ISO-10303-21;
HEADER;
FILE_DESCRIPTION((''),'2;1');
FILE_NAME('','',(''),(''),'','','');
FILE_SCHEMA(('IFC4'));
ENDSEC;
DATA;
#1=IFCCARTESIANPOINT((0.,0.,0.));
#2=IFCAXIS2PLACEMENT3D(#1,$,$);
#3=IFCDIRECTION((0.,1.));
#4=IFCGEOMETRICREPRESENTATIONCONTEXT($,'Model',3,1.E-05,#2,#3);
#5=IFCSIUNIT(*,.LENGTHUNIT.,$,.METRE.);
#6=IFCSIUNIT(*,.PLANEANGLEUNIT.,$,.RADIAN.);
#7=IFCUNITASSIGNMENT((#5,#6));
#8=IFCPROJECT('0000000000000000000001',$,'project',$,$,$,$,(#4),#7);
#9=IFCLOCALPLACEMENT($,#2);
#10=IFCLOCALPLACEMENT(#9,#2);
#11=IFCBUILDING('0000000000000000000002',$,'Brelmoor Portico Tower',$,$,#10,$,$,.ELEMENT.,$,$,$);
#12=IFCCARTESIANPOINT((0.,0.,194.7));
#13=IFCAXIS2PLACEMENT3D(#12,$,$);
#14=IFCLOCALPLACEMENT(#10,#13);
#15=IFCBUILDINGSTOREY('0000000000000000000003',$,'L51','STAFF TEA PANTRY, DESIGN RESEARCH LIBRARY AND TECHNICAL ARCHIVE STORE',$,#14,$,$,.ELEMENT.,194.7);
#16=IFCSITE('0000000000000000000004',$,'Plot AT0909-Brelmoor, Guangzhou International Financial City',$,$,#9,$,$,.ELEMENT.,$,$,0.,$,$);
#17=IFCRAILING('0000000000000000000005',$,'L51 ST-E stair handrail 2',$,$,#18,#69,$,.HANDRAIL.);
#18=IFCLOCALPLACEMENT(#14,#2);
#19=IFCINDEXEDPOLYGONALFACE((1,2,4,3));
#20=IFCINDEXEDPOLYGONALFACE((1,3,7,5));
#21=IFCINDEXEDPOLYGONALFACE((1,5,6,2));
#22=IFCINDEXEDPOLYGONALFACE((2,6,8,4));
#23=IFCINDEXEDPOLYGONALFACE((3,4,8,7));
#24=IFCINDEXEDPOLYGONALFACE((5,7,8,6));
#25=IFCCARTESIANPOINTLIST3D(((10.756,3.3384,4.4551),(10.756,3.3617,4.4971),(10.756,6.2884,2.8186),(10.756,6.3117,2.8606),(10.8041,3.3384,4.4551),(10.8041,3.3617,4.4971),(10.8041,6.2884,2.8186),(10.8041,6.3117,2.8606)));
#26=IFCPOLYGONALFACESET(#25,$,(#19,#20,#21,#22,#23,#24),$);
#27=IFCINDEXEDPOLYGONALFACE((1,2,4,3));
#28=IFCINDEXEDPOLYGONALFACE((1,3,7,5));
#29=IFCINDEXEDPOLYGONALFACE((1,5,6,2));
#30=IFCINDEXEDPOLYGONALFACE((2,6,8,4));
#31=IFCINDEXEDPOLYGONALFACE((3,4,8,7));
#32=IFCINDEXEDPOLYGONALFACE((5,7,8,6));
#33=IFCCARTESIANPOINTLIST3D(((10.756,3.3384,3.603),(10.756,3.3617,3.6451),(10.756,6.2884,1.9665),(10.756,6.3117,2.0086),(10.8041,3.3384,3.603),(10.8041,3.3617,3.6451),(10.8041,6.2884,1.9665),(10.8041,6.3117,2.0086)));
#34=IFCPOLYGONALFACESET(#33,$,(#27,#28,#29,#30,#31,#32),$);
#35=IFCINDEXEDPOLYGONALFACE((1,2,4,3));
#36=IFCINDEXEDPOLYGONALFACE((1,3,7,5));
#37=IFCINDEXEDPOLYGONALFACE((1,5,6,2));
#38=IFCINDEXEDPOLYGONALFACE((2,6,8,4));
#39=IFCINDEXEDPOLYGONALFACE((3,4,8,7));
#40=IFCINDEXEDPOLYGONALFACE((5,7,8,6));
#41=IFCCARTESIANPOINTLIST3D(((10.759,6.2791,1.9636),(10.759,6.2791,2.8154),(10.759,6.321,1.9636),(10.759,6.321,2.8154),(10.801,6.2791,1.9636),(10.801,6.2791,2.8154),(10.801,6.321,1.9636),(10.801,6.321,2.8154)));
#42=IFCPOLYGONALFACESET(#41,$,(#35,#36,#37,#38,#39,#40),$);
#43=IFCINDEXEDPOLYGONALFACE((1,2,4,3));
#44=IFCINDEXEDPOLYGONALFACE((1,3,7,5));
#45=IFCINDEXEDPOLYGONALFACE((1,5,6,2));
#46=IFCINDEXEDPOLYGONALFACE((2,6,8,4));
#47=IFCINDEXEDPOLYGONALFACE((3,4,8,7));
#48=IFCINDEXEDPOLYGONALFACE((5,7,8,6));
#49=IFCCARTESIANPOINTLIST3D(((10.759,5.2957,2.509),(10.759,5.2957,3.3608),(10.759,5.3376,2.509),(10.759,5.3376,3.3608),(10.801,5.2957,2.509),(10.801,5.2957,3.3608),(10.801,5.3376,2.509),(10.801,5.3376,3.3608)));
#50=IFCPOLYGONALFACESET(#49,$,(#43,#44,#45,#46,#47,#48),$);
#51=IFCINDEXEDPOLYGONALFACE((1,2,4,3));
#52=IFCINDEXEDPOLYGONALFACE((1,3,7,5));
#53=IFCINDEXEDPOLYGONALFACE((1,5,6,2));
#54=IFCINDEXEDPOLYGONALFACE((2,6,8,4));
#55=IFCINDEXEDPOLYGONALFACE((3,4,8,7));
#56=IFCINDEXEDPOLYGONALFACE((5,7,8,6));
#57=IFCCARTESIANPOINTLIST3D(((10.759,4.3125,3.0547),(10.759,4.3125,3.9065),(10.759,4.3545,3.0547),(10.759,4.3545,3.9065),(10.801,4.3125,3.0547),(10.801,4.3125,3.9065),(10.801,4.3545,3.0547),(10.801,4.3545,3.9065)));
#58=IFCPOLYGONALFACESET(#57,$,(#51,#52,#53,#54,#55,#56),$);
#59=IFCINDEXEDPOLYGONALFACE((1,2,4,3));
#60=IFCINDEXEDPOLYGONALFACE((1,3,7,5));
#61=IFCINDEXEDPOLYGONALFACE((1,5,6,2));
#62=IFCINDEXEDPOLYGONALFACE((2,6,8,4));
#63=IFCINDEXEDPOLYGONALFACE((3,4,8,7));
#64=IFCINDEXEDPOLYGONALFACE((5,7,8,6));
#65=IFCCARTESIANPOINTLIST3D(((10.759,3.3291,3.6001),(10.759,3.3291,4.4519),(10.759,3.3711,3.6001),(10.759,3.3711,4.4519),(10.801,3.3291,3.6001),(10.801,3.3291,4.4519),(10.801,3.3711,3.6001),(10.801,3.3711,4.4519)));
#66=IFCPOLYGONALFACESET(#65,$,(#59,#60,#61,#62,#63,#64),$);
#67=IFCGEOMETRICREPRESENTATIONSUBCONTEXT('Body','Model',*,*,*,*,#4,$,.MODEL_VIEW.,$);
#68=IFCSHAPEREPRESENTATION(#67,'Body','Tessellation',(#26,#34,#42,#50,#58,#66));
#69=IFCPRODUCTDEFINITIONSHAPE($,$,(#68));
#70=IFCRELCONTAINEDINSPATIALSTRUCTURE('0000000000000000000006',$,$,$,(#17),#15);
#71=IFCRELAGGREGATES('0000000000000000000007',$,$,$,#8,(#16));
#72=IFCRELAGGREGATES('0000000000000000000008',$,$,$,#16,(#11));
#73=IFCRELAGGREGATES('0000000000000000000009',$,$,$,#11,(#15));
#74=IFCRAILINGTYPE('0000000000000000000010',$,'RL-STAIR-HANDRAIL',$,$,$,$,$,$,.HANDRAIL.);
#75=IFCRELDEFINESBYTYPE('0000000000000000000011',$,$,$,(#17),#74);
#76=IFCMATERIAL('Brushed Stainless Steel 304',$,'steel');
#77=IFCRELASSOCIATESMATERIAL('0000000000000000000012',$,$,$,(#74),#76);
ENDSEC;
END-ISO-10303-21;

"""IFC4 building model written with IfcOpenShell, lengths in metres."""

from ifc_helpers import new_model, si_unit, direction, frame, origin, origin_2d, place, context, subcontext, project, spatial, rectangle, extrude, material, type_object, element, save


model = new_model("IFC4")

# Units and contexts
model_context = context("Model", 3, precision=1e-05, world=origin(), true_north=direction((0.0, 1.0)))
body_context = subcontext(model_context, "Body", "Model", "MODEL_VIEW")
ifc_project = project(units=[si_unit("LENGTHUNIT", "METRE"), si_unit("PLANEANGLEUNIT", "RADIAN")], contexts=[model_context])

# Site, building, storey
site_placement = place(None, origin())
site = spatial("IfcSite", under=ifc_project, at=site_placement, Name="Plot AT0909-Brelmoor, Guangzhou International Financial City", CompositionType="ELEMENT", RefElevation=0.0)
building_placement = place(site_placement, origin())
building = spatial("IfcBuilding", under=site, at=building_placement, Name="Brelmoor Portico Tower", CompositionType="ELEMENT")
storey_placement = place(building_placement, frame((0.0, 0.0, 194.7)))
storey = spatial("IfcBuildingStorey", under=building, at=storey_placement, Name="L51", Description="STAFF TEA PANTRY, DESIGN RESEARCH LIBRARY AND TECHNICAL ARCHIVE STORE", CompositionType="ELEMENT", Elevation=194.7)

# Railing
ifc_material_1 = material(Name="Brushed Stainless Steel 304", Category="steel")
railing_type_1 = type_object("IfcRailingType", Name="RL-STAIR-HANDRAIL", PredefinedType="HANDRAIL", material=ifc_material_1)
railing_1_placement = place(storey_placement, frame((10.78, 6.3, 1.9636)))
element("IfcRailing", 1, at=railing_1_placement, inside=storey, type_object=railing_type_1, Name="L51 ST-E stair handrail 2", PredefinedType="HANDRAIL", context=body_context, shape_type="SweptSolid", body=[
    extrude(rectangle(XDim=0.0481, YDim=0.0481, at=origin_2d()), frame((0.0, 0.0, 0.876), z_axis=(0.0, -0.874458, 0.485102), x_axis=(1.0, 0.0, 0.0)), (0.0, 0.0, 1.0), 3.3735),
    extrude(rectangle(XDim=0.0481, YDim=0.0481, at=origin_2d()), frame((0.0, 0.0, 0.0239), z_axis=(0.0, -0.874458, 0.485102), x_axis=(1.0, 0.0, 0.0)), (0.0, 0.0, 1.0), 3.3735),
    extrude(rectangle(XDim=0.042, YDim=0.042, at=origin_2d()), origin(), (0.0, 0.0, 1.0), 0.8518),
    extrude(rectangle(XDim=0.042, YDim=0.042, at=origin_2d()), frame((0.0, -0.9834, 0.5454)), (0.0, 0.0, 1.0), 0.8518),
    extrude(rectangle(XDim=0.042, YDim=0.042, at=origin_2d()), frame((0.0, -1.9666, 1.0911)), (0.0, 0.0, 1.0), 0.8518),
    extrude(rectangle(XDim=0.042, YDim=0.042, at=origin_2d()), frame((0.0, -2.95, 1.6365)), (0.0, 0.0, 1.0), 0.8518),
])

save(model, "model.ifc")
